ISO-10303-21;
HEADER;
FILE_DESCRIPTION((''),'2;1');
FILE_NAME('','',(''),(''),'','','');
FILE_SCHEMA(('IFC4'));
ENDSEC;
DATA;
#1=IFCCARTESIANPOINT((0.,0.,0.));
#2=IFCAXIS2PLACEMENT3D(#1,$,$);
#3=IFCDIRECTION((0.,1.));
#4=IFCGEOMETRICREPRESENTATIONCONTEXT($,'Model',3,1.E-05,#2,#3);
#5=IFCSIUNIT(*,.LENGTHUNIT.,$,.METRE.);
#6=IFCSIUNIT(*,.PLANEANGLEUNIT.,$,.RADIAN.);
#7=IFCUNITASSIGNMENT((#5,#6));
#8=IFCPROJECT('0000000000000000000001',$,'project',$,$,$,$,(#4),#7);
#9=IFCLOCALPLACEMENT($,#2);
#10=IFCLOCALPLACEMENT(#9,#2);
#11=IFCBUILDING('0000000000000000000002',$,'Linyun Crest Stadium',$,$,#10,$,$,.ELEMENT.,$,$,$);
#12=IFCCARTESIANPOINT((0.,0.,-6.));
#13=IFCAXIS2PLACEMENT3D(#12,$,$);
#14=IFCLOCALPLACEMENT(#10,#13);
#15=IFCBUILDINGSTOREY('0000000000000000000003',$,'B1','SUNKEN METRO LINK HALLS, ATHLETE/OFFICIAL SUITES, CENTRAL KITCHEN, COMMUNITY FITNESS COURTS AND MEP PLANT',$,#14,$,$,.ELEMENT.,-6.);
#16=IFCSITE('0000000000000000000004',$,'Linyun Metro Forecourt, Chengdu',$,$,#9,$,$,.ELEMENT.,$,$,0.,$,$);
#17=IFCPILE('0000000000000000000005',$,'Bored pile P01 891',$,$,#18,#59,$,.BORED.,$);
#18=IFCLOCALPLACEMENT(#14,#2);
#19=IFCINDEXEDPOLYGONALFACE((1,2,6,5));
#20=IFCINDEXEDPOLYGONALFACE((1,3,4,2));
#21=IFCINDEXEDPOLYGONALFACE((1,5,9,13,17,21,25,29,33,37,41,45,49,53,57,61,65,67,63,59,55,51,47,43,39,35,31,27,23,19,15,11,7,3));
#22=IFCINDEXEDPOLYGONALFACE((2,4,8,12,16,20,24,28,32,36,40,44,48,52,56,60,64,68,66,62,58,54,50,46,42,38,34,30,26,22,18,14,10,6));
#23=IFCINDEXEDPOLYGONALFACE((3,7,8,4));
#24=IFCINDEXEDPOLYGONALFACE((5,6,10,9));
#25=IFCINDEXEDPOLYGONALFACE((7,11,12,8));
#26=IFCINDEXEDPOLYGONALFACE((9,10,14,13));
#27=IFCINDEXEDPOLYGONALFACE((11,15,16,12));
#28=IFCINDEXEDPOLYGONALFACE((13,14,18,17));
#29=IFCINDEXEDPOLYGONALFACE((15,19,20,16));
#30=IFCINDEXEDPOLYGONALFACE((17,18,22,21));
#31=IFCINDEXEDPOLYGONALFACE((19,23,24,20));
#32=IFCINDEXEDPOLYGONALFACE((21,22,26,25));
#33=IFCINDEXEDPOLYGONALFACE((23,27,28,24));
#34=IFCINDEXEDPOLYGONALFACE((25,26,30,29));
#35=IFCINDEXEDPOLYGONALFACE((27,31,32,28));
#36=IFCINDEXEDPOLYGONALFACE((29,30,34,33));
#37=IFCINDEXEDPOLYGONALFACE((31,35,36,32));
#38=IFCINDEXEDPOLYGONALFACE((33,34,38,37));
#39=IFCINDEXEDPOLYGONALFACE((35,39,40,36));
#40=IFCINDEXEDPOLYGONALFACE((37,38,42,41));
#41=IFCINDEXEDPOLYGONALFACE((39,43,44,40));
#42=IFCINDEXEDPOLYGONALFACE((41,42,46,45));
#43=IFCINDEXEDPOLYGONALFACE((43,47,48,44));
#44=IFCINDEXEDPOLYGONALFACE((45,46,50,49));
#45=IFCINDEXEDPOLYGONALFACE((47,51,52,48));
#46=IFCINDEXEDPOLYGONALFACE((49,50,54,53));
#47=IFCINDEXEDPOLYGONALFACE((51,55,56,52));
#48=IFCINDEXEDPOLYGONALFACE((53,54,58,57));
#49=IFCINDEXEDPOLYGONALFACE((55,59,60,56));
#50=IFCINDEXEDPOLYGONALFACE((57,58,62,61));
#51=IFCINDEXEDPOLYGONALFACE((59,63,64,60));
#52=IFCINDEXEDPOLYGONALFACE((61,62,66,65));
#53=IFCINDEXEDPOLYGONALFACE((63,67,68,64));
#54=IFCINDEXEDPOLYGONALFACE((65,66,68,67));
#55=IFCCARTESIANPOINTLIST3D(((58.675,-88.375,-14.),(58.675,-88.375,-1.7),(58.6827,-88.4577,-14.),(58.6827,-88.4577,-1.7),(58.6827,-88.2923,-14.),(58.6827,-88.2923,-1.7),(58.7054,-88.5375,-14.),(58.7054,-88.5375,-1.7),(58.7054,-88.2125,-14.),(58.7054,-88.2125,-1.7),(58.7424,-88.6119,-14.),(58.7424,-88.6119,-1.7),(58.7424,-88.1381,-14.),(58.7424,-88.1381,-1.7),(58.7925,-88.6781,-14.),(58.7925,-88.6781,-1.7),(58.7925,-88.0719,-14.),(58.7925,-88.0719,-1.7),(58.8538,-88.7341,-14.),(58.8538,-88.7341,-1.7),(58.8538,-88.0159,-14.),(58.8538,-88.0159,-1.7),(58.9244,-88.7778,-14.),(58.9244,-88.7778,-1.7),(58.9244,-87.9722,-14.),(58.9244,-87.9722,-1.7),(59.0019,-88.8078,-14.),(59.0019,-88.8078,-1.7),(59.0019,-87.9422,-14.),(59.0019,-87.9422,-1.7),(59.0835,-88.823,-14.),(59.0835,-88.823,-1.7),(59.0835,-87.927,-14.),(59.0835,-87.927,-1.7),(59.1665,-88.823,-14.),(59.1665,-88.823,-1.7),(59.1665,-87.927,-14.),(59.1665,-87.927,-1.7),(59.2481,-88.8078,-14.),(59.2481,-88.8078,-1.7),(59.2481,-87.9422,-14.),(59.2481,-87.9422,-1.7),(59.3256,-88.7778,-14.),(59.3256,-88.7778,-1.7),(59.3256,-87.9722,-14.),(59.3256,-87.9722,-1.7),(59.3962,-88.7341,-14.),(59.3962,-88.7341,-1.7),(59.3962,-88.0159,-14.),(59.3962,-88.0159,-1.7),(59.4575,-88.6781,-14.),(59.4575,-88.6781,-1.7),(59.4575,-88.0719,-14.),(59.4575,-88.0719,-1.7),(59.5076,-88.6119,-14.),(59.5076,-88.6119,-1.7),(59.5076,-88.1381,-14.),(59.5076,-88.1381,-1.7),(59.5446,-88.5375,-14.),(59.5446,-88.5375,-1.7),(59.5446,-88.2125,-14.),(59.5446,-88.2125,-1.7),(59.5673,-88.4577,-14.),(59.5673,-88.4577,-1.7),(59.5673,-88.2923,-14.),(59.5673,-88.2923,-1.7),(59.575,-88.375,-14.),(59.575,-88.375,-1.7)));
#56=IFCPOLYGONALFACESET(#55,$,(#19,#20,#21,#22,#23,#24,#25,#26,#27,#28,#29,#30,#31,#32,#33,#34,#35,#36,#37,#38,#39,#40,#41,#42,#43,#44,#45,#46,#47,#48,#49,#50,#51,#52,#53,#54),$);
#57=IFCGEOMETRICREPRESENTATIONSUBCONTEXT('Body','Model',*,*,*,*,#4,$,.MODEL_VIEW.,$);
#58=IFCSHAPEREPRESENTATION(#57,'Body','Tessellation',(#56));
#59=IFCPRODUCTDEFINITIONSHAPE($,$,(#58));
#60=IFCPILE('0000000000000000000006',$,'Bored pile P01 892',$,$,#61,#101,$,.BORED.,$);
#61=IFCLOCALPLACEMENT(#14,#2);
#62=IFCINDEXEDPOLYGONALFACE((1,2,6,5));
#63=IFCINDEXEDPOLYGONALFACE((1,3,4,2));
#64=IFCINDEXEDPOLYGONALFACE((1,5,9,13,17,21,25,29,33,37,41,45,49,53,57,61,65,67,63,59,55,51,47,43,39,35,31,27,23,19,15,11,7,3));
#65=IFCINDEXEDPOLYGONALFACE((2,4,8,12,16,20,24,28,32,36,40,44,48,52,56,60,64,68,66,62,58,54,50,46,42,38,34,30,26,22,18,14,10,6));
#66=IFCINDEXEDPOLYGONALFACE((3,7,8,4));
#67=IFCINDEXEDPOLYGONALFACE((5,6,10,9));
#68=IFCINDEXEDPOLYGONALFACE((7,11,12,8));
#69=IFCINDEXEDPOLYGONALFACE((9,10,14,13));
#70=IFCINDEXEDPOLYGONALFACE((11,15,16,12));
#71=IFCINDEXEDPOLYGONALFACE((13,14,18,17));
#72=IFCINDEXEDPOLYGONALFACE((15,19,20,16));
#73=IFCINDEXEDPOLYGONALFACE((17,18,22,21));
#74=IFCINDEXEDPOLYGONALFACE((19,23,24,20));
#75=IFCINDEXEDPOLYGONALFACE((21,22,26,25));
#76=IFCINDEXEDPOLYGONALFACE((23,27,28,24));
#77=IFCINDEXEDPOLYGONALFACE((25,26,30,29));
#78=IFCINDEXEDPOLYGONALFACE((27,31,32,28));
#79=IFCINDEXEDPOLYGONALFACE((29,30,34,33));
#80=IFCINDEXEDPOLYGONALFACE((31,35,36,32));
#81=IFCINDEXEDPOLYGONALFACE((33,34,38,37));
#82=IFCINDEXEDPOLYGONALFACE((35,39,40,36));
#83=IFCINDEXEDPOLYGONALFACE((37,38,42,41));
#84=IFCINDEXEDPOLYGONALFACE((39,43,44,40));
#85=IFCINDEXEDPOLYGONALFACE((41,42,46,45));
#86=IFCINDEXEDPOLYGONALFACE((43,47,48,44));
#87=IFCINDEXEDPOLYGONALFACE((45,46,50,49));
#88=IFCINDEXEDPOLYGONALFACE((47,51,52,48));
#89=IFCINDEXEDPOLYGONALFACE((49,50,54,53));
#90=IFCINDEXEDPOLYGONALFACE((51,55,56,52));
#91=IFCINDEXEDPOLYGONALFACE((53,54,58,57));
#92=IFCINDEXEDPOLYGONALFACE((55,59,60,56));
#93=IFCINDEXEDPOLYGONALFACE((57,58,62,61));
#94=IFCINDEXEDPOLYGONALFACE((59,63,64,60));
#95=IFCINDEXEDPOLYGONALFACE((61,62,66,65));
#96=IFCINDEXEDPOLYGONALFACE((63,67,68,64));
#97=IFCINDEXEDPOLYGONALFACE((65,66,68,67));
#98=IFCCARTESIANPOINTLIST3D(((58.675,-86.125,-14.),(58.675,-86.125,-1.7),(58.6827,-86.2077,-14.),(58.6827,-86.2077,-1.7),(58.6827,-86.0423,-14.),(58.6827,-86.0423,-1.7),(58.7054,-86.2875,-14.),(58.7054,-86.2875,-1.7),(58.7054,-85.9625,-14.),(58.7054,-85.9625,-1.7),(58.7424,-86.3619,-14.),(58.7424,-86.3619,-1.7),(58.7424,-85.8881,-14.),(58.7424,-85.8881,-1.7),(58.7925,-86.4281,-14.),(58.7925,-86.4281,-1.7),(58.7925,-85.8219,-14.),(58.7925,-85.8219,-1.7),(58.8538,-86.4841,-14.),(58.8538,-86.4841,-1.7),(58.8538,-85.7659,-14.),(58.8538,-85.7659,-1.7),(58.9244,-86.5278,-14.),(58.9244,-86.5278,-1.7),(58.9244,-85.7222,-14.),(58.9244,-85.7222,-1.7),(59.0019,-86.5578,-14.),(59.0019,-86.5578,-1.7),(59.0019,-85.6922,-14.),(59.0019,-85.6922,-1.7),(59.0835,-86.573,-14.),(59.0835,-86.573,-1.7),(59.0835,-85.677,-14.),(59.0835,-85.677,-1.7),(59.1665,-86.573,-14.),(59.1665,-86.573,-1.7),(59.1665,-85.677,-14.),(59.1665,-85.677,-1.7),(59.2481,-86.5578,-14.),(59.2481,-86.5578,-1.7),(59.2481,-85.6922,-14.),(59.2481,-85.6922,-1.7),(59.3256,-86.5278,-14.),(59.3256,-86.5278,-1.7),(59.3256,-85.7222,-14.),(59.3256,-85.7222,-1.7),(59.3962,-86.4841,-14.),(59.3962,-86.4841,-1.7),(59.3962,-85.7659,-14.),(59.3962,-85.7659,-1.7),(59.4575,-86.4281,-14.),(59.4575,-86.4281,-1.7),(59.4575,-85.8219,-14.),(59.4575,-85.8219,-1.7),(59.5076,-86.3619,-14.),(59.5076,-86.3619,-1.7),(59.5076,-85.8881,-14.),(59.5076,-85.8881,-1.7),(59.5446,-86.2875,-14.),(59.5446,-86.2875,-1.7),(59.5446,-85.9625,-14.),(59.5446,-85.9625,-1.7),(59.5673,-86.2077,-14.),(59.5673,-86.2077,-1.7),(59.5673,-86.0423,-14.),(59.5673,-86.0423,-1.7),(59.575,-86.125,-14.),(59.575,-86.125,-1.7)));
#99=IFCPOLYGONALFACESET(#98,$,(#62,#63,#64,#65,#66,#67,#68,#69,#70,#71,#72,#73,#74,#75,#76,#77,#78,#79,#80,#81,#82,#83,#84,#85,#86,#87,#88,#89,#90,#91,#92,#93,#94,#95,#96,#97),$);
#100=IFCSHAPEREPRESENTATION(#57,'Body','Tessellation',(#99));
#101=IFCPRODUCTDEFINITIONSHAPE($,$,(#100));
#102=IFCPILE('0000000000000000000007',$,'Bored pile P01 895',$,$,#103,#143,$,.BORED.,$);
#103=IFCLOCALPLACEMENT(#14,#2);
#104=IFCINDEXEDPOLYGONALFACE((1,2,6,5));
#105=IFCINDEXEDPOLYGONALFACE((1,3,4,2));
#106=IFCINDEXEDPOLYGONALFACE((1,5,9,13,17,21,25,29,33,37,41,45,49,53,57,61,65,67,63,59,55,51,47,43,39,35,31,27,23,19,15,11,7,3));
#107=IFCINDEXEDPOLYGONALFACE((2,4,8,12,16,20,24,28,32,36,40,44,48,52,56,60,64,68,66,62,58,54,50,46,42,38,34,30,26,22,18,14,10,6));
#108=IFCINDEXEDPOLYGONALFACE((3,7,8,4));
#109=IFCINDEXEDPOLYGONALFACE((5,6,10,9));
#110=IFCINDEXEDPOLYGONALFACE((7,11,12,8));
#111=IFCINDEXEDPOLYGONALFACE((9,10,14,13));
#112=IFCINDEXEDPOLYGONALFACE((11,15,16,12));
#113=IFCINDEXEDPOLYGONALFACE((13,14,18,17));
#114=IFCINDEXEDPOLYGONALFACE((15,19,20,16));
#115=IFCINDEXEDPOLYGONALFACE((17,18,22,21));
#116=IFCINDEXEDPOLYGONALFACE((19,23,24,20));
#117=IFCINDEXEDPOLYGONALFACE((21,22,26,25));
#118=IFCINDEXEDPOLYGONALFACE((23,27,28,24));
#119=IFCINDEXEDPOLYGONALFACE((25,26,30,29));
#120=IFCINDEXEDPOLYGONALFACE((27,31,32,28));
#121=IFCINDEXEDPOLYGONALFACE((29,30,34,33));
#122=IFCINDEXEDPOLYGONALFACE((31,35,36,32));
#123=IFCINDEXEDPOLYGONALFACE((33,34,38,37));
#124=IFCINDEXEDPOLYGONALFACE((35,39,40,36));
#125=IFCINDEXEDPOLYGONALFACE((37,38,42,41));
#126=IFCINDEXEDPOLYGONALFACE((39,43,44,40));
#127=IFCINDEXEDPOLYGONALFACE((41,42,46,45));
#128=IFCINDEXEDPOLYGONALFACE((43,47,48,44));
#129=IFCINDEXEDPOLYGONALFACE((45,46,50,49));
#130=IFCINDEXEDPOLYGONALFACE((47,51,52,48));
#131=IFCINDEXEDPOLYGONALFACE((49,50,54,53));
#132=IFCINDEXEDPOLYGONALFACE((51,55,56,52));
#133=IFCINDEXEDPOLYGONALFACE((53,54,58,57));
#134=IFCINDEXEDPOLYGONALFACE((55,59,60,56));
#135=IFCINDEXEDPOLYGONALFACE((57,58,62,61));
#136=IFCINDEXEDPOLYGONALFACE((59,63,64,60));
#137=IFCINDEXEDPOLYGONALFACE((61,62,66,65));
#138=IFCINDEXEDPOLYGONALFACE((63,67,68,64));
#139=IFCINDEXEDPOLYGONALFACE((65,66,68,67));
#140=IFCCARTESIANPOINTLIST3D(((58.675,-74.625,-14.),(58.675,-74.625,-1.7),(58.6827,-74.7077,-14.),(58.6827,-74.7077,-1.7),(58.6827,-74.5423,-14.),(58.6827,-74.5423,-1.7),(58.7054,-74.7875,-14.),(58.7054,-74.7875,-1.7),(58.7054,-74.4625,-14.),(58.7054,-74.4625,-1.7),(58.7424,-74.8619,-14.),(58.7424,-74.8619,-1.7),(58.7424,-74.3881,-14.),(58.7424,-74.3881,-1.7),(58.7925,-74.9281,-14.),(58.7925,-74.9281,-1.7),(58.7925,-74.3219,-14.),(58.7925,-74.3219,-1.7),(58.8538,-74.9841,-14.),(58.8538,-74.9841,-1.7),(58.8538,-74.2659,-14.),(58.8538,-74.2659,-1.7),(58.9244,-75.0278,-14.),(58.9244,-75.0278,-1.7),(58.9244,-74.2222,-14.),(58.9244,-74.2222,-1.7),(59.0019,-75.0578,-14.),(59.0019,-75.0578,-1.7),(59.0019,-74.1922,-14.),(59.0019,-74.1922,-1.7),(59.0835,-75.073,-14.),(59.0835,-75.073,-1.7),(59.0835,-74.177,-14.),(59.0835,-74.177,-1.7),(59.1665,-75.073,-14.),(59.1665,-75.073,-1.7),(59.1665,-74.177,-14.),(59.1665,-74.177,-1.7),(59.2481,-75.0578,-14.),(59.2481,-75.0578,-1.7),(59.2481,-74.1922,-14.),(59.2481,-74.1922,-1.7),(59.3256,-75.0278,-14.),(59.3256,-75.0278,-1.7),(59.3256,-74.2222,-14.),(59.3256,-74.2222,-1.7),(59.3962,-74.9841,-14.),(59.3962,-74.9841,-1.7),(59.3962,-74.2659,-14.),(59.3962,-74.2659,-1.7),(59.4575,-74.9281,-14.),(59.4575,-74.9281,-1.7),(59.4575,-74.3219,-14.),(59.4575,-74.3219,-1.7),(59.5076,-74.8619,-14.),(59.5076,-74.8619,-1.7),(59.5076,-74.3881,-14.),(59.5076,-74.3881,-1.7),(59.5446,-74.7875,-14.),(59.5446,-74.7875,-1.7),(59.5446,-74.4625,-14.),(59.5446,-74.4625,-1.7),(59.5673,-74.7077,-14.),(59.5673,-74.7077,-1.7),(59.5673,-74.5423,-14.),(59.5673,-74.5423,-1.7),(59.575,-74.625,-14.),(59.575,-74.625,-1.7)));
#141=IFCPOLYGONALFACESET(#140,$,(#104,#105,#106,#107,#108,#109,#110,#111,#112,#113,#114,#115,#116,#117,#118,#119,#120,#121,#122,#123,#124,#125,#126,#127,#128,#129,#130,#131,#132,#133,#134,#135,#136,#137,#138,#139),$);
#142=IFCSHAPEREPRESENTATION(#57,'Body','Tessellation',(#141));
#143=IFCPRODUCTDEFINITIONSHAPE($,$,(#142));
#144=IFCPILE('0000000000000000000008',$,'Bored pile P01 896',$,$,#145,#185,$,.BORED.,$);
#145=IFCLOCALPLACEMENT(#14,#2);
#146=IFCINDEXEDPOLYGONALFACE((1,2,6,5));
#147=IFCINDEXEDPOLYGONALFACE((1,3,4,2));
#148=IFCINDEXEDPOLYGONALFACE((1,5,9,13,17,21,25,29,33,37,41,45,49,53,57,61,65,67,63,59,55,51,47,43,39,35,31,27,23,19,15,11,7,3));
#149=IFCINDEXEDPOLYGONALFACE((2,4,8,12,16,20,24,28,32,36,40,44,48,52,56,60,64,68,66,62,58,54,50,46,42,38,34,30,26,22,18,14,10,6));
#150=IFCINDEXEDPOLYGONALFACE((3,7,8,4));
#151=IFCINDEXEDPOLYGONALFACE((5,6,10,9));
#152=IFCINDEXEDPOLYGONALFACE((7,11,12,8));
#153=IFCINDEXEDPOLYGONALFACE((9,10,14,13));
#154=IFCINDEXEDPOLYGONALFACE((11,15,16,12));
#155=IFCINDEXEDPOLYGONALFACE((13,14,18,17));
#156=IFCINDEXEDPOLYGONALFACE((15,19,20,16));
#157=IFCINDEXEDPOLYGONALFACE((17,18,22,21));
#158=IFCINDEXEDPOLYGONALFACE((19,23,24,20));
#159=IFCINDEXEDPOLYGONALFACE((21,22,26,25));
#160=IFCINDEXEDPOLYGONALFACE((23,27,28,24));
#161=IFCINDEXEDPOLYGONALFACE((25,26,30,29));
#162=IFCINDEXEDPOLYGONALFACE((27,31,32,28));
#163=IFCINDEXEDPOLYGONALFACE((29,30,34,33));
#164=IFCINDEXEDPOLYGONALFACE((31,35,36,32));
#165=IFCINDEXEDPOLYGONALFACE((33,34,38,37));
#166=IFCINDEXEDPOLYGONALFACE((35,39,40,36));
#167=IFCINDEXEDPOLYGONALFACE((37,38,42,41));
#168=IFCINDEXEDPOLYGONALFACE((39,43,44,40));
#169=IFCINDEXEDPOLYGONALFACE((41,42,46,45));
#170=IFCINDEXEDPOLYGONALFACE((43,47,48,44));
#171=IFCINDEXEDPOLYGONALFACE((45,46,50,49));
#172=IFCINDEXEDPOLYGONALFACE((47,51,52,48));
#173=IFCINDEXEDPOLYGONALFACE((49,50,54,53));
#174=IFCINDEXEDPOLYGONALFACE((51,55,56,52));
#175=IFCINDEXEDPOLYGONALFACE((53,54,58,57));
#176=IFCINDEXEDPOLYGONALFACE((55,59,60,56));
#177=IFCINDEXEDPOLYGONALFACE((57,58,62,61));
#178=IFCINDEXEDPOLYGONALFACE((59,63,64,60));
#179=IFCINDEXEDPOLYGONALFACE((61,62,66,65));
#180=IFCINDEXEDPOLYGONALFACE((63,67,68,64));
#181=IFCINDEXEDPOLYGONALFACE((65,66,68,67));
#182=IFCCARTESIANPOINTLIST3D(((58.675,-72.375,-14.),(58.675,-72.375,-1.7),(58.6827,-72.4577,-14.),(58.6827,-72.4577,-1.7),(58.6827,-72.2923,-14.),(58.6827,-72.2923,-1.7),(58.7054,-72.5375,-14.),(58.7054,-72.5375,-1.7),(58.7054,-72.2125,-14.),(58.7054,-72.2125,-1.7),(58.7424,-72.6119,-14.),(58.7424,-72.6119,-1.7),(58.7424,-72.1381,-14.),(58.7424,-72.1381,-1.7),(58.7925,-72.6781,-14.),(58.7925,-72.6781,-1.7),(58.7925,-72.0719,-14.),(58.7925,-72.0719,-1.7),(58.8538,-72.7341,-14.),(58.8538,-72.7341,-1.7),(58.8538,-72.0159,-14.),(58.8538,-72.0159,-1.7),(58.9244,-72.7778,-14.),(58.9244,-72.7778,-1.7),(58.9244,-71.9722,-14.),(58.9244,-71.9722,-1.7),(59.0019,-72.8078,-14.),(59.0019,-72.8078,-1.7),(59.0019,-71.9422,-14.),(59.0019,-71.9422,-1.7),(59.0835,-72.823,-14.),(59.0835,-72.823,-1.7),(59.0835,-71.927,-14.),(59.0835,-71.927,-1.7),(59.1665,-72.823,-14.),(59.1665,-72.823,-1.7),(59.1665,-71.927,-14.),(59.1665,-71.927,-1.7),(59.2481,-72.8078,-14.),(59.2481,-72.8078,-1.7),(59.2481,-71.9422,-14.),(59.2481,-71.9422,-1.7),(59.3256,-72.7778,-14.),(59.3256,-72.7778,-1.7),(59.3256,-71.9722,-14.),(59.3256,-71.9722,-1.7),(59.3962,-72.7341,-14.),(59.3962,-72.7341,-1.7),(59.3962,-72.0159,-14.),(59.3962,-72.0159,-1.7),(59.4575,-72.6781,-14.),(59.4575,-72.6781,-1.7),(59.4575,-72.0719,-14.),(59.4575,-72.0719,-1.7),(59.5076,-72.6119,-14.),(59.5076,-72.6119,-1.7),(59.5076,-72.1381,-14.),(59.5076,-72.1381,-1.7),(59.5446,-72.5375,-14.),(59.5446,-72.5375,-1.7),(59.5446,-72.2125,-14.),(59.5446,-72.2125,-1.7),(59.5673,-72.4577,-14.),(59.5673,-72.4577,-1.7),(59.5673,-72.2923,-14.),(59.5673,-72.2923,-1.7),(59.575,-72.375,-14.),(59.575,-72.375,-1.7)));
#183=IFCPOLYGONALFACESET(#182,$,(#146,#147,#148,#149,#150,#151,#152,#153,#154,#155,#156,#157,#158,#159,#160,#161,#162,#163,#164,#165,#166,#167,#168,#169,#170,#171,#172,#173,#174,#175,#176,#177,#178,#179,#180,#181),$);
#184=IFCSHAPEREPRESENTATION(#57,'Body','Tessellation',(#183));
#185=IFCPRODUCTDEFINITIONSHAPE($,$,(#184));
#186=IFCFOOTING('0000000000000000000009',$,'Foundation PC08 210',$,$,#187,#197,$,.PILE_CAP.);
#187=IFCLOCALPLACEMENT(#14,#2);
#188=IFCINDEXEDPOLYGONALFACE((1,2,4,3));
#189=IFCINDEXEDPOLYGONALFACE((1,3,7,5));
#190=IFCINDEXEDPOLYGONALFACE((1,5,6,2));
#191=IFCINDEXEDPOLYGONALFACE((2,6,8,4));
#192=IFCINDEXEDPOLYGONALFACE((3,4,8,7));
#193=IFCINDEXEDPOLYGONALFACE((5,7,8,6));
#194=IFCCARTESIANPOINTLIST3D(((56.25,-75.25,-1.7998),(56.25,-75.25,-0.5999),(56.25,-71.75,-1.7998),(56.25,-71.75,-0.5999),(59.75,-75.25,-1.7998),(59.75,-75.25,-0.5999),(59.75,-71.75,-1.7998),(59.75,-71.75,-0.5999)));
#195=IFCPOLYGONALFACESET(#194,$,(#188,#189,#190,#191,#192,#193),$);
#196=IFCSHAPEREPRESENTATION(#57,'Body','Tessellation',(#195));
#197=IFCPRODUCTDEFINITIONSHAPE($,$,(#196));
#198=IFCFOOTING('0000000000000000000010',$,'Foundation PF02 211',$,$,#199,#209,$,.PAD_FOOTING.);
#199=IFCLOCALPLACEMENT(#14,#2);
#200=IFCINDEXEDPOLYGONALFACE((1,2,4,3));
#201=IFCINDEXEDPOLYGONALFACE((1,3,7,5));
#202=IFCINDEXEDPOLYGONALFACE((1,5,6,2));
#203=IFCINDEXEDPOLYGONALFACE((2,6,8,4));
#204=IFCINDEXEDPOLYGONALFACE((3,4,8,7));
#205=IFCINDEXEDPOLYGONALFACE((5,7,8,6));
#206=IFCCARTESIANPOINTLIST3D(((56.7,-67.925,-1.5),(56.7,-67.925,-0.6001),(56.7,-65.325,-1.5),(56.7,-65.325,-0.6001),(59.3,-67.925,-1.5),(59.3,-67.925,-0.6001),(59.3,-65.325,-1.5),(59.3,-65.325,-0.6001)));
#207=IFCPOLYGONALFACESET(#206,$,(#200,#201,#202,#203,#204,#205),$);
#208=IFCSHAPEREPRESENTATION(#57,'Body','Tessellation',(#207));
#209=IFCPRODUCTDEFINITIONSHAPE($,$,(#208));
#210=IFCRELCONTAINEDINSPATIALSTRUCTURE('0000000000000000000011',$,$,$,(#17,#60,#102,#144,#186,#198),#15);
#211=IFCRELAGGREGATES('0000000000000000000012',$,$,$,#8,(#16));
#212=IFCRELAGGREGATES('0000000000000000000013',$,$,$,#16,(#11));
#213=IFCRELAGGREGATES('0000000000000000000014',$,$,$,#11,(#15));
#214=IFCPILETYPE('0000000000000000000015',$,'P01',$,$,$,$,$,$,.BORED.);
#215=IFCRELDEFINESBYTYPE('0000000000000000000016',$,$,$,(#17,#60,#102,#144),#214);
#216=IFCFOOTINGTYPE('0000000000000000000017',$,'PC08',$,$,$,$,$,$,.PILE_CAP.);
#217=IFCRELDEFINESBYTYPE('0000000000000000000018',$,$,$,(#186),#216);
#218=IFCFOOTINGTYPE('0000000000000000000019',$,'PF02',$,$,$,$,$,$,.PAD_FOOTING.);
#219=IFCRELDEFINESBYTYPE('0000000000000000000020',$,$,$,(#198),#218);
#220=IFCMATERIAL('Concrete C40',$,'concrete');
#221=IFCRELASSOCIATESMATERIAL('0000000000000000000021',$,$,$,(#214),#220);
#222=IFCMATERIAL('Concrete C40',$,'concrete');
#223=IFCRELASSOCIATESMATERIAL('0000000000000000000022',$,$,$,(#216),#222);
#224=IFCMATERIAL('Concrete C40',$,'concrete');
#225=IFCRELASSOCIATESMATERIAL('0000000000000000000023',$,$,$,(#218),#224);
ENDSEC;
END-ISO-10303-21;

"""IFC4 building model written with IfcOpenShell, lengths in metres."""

from ifc_helpers import new_model, si_unit, direction, frame, origin, origin_2d, place, context, subcontext, project, spatial, rectangle, circle, extrude, material, material_profile, profile_set, type_object, element, save


model = new_model("IFC4")

# Units and contexts
model_context = context("Model", 3, precision=1e-05, world=origin(), true_north=direction((0.0, 1.0)))
body_context = subcontext(model_context, "Body", "Model", "MODEL_VIEW")
ifc_project = project(units=[si_unit("LENGTHUNIT", "METRE"), si_unit("PLANEANGLEUNIT", "RADIAN")], contexts=[model_context])

# Site, building, storey
site_placement = place(None, origin())
site = spatial("IfcSite", under=ifc_project, at=site_placement, Name="Linyun Metro Forecourt, Chengdu", CompositionType="ELEMENT", RefElevation=0.0)
building_placement = place(site_placement, origin())
building = spatial("IfcBuilding", under=site, at=building_placement, Name="Linyun Crest Stadium", CompositionType="ELEMENT")
storey_placement = place(building_placement, frame((0.0, 0.0, -6.0)))
storey = spatial("IfcBuildingStorey", under=building, at=storey_placement, Name="B1", Description="SUNKEN METRO LINK HALLS, ATHLETE/OFFICIAL SUITES, CENTRAL KITCHEN, COMMUNITY FITNESS COURTS AND MEP PLANT", CompositionType="ELEMENT", Elevation=-6.0)

# Piles
ifc_material_1 = material(Name="Concrete C40", Category="concrete")
ifc_material_profile_1 = material_profile(ifc_material_1, circle(Radius=0.45, at=origin_2d()), Name="BORED PILE 900")
ifc_profile_set_1 = profile_set([ifc_material_profile_1], Name="Concrete C40")
pile_type = type_object("IfcPileType", Name="P01", PredefinedType="BORED", material=ifc_profile_set_1)
for number, where, z_axis, x_axis, name in (
    (1, (59.125, -88.375, -1.7), (0.0, 0.0, -1.0), (1.0, 0.0, 0.0), "Bored pile P01 891"),
    (2, (59.125, -86.125, -1.7), (0.0, 0.0, -1.0), (1.0, 0.0, 0.0), "Bored pile P01 892"),
    (3, (59.125, -74.625, -1.7), (0.0, 0.0, -1.0), (1.0, 0.0, 0.0), "Bored pile P01 895"),
    (4, (59.125, -72.375, -1.7), (0.0, 0.0, -1.0), (1.0, 0.0, 0.0), "Bored pile P01 896"),
):
    element("IfcPile", number, at=place(storey_placement, frame(where, z_axis=z_axis, x_axis=x_axis)), inside=storey, type_object=pile_type, Name=name, PredefinedType="BORED", context=body_context, shape_type="SweptSolid", body=[
        extrude(circle(Radius=0.45, at=origin_2d()), origin(), (0.0, 0.0, 1.0), 12.3),
    ])

# Footings
ifc_material_2 = material(Name="Concrete C40", Category="concrete")
footing_type_1 = type_object("IfcFootingType", Name="PC08", PredefinedType="PILE_CAP", material=ifc_material_2)
footing_1_placement = place(storey_placement, frame((58.0, -73.5, -1.7998), z_axis=(0.0, 0.0, 1.0), x_axis=(1.0, 0.0, 0.0)))
element("IfcFooting", 5, at=footing_1_placement, inside=storey, type_object=footing_type_1, Name="Foundation PC08 210", PredefinedType="PILE_CAP", context=body_context, shape_type="SweptSolid", body=[
    extrude(rectangle(XDim=3.5, YDim=3.5, at=origin_2d()), origin(), (0.0, 0.0, 1.0), 1.2),
])
ifc_material_3 = material(Name="Concrete C40", Category="concrete")
footing_type_2 = type_object("IfcFootingType", Name="PF02", PredefinedType="PAD_FOOTING", material=ifc_material_3)
footing_2_placement = place(storey_placement, frame((58.0, -66.625, -1.5), z_axis=(0.0, 0.0, 1.0), x_axis=(1.0, 0.0, 0.0)))
element("IfcFooting", 6, at=footing_2_placement, inside=storey, type_object=footing_type_2, Name="Foundation PF02 211", PredefinedType="PAD_FOOTING", context=body_context, shape_type="SweptSolid", body=[
    extrude(rectangle(XDim=2.6001, YDim=2.6001, at=origin_2d()), origin(), (0.0, 0.0, 1.0), 0.8999),
])

save(model, "model.ifc")
